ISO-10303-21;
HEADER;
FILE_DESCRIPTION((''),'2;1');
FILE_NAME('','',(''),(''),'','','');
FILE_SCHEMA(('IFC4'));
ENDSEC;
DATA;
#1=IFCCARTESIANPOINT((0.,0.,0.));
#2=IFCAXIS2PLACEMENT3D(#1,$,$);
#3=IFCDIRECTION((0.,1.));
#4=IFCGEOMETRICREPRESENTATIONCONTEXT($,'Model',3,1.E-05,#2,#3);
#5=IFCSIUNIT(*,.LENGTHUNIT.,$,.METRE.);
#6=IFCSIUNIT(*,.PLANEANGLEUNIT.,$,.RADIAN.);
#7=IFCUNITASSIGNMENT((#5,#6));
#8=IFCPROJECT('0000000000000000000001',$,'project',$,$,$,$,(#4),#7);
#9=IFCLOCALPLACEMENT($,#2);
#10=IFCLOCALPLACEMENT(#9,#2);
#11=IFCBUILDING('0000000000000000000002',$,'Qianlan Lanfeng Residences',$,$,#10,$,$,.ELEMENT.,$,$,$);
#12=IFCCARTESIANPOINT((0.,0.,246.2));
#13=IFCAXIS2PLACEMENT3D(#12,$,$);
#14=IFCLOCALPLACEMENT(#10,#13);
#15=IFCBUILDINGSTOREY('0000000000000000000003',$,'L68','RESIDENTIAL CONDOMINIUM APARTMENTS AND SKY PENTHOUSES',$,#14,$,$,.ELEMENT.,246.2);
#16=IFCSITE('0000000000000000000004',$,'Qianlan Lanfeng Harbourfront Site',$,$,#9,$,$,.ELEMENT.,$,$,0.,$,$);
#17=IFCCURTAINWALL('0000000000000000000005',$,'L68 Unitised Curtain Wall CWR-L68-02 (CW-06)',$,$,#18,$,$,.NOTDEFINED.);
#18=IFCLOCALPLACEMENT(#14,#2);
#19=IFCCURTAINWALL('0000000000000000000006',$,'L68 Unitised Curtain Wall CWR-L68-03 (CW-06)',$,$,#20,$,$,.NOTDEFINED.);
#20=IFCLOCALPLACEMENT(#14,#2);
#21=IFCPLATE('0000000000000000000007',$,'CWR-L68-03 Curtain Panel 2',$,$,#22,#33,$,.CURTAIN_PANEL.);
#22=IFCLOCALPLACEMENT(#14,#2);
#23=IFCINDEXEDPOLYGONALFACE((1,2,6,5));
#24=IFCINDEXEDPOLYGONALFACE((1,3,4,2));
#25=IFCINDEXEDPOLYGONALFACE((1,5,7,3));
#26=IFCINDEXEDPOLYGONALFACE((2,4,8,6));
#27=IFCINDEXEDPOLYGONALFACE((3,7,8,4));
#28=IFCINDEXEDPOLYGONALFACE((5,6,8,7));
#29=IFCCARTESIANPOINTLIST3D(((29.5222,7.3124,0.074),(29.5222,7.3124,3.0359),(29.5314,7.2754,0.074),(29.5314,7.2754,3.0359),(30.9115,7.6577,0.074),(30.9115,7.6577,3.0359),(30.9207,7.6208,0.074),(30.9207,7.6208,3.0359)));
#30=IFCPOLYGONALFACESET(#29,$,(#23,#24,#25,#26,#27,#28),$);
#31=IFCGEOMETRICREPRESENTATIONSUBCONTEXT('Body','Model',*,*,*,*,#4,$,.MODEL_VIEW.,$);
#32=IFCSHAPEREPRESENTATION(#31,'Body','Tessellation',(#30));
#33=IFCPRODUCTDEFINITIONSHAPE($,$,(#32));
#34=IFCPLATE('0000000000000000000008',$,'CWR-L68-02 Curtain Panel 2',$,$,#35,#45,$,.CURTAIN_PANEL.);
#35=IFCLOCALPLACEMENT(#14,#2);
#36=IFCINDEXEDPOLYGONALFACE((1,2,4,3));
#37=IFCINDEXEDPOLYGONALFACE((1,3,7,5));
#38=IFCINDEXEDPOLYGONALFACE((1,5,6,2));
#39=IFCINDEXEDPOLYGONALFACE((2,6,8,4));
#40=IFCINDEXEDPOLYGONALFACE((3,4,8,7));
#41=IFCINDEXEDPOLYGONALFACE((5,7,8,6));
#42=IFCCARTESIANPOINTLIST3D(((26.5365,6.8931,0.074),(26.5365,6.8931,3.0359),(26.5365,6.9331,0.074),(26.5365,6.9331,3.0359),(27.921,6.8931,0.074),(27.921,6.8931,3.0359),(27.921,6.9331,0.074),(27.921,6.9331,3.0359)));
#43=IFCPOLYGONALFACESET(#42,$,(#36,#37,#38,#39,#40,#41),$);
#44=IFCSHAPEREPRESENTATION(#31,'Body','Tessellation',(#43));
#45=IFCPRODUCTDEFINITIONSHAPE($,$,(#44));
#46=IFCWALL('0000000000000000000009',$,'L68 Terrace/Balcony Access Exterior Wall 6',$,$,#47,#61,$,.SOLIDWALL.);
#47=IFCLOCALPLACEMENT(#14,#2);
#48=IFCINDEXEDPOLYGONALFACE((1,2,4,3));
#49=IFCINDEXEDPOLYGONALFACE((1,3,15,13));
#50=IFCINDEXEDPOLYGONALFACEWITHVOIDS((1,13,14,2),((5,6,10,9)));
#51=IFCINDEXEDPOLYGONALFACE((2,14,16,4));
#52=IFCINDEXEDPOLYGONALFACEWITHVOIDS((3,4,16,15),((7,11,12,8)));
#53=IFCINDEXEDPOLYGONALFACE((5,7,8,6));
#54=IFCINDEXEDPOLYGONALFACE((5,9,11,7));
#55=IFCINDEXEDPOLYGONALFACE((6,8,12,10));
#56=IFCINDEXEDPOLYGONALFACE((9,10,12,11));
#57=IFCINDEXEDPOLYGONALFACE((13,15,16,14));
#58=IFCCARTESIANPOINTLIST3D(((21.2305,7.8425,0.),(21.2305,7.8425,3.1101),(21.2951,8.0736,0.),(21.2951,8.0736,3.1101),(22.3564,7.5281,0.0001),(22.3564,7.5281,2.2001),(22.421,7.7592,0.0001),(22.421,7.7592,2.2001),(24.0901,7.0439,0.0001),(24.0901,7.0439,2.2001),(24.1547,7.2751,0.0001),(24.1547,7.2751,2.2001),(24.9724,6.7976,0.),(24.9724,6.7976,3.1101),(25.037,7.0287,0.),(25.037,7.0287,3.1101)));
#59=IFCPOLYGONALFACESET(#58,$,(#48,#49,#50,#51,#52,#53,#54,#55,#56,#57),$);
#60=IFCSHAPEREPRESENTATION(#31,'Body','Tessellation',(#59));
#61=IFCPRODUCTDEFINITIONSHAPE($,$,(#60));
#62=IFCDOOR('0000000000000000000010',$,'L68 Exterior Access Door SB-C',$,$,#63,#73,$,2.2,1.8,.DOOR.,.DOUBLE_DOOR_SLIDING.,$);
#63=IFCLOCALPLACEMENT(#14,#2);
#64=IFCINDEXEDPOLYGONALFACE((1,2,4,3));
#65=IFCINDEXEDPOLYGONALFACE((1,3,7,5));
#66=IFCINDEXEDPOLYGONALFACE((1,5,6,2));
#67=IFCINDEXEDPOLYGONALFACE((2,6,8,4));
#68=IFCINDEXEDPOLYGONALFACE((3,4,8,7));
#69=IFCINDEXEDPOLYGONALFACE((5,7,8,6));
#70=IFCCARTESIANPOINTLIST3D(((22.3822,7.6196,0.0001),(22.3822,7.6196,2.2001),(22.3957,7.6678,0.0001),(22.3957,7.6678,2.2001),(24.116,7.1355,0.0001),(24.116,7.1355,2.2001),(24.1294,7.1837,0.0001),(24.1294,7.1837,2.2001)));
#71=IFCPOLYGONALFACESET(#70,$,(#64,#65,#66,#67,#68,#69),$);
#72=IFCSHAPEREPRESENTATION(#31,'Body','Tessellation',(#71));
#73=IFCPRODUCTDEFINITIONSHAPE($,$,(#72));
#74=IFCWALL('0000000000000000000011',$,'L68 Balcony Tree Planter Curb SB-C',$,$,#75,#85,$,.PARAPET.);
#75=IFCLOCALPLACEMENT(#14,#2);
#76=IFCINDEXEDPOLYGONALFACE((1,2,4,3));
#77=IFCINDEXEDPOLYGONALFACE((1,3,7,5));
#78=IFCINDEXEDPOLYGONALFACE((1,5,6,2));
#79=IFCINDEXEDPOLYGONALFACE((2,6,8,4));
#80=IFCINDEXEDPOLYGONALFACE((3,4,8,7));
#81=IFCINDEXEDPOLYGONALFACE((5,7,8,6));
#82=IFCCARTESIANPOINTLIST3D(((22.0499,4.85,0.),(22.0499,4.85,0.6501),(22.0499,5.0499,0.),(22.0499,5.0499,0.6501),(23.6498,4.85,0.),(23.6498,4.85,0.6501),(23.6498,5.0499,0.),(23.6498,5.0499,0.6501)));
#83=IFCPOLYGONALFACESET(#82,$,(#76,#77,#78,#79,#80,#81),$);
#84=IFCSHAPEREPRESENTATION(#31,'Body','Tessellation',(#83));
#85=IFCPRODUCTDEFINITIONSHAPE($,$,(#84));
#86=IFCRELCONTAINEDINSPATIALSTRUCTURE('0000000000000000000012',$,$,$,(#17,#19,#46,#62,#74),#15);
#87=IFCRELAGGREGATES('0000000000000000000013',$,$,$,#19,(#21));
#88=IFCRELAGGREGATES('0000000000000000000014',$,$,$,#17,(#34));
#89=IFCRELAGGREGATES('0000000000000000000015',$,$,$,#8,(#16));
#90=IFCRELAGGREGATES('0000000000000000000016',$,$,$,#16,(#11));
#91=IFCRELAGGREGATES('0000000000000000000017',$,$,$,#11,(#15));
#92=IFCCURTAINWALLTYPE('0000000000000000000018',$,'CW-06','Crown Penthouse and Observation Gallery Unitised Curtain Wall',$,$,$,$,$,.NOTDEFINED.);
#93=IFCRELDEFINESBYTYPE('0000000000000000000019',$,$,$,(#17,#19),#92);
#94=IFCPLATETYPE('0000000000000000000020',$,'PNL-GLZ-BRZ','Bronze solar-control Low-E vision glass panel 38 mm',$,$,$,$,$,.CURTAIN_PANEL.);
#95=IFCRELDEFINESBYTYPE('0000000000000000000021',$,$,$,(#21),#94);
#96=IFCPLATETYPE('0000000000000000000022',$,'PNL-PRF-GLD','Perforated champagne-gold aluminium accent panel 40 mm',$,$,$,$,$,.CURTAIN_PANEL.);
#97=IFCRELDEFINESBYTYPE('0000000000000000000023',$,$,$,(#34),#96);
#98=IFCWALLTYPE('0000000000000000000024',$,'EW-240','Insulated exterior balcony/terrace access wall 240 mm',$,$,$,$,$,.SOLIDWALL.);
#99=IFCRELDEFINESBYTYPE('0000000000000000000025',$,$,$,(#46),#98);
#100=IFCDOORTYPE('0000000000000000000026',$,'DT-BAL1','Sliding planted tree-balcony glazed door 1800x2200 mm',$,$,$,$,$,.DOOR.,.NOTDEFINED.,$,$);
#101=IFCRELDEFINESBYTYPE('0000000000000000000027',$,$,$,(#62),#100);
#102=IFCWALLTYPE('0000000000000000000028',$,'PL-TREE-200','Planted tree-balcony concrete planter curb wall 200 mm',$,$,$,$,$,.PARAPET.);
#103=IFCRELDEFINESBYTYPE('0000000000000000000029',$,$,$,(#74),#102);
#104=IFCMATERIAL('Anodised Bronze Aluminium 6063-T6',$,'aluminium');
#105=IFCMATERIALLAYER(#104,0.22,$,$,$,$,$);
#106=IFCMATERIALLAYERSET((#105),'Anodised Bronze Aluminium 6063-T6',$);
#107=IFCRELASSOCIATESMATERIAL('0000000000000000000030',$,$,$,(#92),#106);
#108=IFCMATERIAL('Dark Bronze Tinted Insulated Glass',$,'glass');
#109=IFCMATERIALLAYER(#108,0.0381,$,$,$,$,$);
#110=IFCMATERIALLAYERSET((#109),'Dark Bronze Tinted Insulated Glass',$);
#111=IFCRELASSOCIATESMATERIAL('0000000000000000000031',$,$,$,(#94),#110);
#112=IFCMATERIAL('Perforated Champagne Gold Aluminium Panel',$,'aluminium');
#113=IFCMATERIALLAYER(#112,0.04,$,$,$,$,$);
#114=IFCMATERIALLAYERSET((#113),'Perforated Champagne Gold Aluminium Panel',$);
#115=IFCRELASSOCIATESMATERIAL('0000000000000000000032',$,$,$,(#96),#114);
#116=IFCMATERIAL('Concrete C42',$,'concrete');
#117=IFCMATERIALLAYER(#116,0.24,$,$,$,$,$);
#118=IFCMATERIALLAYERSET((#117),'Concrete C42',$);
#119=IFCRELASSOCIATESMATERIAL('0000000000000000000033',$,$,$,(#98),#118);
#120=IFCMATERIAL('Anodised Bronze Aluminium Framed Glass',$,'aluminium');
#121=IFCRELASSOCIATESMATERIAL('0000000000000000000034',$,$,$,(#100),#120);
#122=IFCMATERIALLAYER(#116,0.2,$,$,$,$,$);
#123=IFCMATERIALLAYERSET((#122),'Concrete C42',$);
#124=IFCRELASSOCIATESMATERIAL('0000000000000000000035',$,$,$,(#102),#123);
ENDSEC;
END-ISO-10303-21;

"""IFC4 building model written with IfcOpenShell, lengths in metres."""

from ifc_helpers import new_model, si_unit, direction, frame, frame_2d, origin, origin_2d, place, context, subcontext, project, spatial, rectangle, extrude, source, transform, mapped, material, layer, layer_set, type_object, element, fill, aggregate, save


model = new_model("IFC4")

# Units and contexts
model_context = context("Model", 3, precision=1e-05, world=origin(), true_north=direction((0.0, 1.0)))
body_context = subcontext(model_context, "Body", "Model", "MODEL_VIEW")
ifc_project = project(units=[si_unit("LENGTHUNIT", "METRE"), si_unit("PLANEANGLEUNIT", "RADIAN")], contexts=[model_context])

# Site, building, storey
site_placement = place(None, origin())
site = spatial("IfcSite", under=ifc_project, at=site_placement, Name="Qianlan Lanfeng Harbourfront Site", CompositionType="ELEMENT", RefElevation=0.0)
building_placement = place(site_placement, origin())
building = spatial("IfcBuilding", under=site, at=building_placement, Name="Qianlan Lanfeng Residences", CompositionType="ELEMENT")
storey_placement = place(building_placement, frame((0.0, 0.0, 246.2)))
storey = spatial("IfcBuildingStorey", under=building, at=storey_placement, Name="L68", Description="RESIDENTIAL CONDOMINIUM APARTMENTS AND SKY PENTHOUSES", CompositionType="ELEMENT", Elevation=246.2)

# Curtain walls
ifc_material_1 = material(Name="Anodised Bronze Aluminium 6063-T6", Category="aluminium")
ifc_layer_1 = layer(ifc_material_1, 0.22)
ifc_layer_set_1 = layer_set([ifc_layer_1], Name="Anodised Bronze Aluminium 6063-T6")
curtain_wall_type = type_object("IfcCurtainWallType", Name="CW-06", Description="Crown Penthouse and Observation Gallery Unitised Curtain Wall", PredefinedType="NOTDEFINED", material=ifc_layer_set_1)
curtain_wall_1_placement = place(storey_placement, origin())
curtain_wall_1 = element("IfcCurtainWall", 1, at=curtain_wall_1_placement, inside=storey, type_object=curtain_wall_type, Name="L68 Unitised Curtain Wall CWR-L68-02 (CW-06)", PredefinedType="NOTDEFINED")
curtain_wall_2_placement = place(storey_placement, origin())
curtain_wall_2 = element("IfcCurtainWall", 2, at=curtain_wall_2_placement, inside=storey, type_object=curtain_wall_type, Name="L68 Unitised Curtain Wall CWR-L68-03 (CW-06)", PredefinedType="NOTDEFINED")

# Plates
ifc_material_2 = material(Name="Dark Bronze Tinted Insulated Glass", Category="glass")
ifc_layer_2 = layer(ifc_material_2, 0.0381)
ifc_layer_set_2 = layer_set([ifc_layer_2], Name="Dark Bronze Tinted Insulated Glass")
plate_type_1 = type_object("IfcPlateType", Name="PNL-GLZ-BRZ", Description="Bronze solar-control Low-E vision glass panel 38 mm", PredefinedType="CURTAIN_PANEL", material=ifc_layer_set_2)
shared_shape_1 = source(origin(), body_context, "Body", "SweptSolid", [
    extrude(rectangle(XDim=1.4316, YDim=0.0381, at=origin_2d()), origin(), (0.0, 0.0, 1.0), 2.9619),
])
plate_1_placement = place(storey_placement, frame((30.2214, 7.4666, 0.074), z_axis=(0.0, 0.0, 1.0), x_axis=(0.970466, 0.241238, 0.0)))
plate_1 = element("IfcPlate", 3, at=plate_1_placement, type_object=plate_type_1, Name="CWR-L68-03 Curtain Panel 2", PredefinedType="CURTAIN_PANEL", context=body_context, shape_type="MappedRepresentation", body=[
    mapped(shared_shape_1, transform((0.0, 0.0, 0.0), scale=1.0)),
])
aggregate(curtain_wall_2, [plate_1])
ifc_material_3 = material(Name="Perforated Champagne Gold Aluminium Panel", Category="aluminium")
ifc_layer_3 = layer(ifc_material_3, 0.04)
ifc_layer_set_3 = layer_set([ifc_layer_3], Name="Perforated Champagne Gold Aluminium Panel")
plate_type_2 = type_object("IfcPlateType", Name="PNL-PRF-GLD", Description="Perforated champagne-gold aluminium accent panel 40 mm", PredefinedType="CURTAIN_PANEL", material=ifc_layer_set_3)
shared_shape_2 = source(origin(), body_context, "Body", "SweptSolid", [
    extrude(rectangle(XDim=1.3845, YDim=0.04, at=origin_2d()), origin(), (0.0, 0.0, 1.0), 2.9619),
])
plate_2_placement = place(storey_placement, frame((27.2288, 6.9131, 0.074), z_axis=(0.0, 0.0, 1.0), x_axis=(1.0, 0.0, 0.0)))
plate_2 = element("IfcPlate", 4, at=plate_2_placement, type_object=plate_type_2, Name="CWR-L68-02 Curtain Panel 2", PredefinedType="CURTAIN_PANEL", context=body_context, shape_type="MappedRepresentation", body=[
    mapped(shared_shape_2, transform((0.0, 0.0, 0.0), scale=1.0)),
])
aggregate(curtain_wall_1, [plate_2])

# Wall, opening, door
ifc_material_4 = material(Name="Concrete C42", Category="concrete")
ifc_layer_4 = layer(ifc_material_4, 0.24)
ifc_layer_set_4 = layer_set([ifc_layer_4], Name="Concrete C42")
wall_type_1 = type_object("IfcWallType", Name="EW-240", Description="Insulated exterior balcony/terrace access wall 240 mm", PredefinedType="SOLIDWALL", material=ifc_layer_set_4)
wall_1_placement = place(storey_placement, frame((21.2629, 7.958, 0.0), z_axis=(0.0, 0.0, 1.0), x_axis=(0.963152, -0.268956, 0.0)))
wall_1 = element("IfcWall", 5, at=wall_1_placement, inside=storey, type_object=wall_type_1, Name="L68 Terrace/Balcony Access Exterior Wall 6", PredefinedType="SOLIDWALL", context=body_context, shape_type="SweptSolid", body=[
    extrude(rectangle(XDim=3.885, YDim=0.24, at=frame_2d((1.9424, 0.0))), origin(), (0.0, 0.0, 1.0), 3.1101),
])
opening_1_placement = place(wall_1_placement, frame((1.1689, 0.0, 0.0)))
opening_1 = element("IfcOpeningElement", 6, at=opening_1_placement, cuts=wall_1, PredefinedType="OPENING", context=body_context, shape_type="SweptSolid", body=[
    extrude(rectangle(XDim=1.8, YDim=2.2, at=frame_2d((0.8999, 1.1001))), frame((0.0, 0.1299, 0.0), z_axis=(0.0, -1.0, 0.0), x_axis=(1.0, 0.0, 0.0)), (0.0, 0.0, 1.0), 0.26),
])
ifc_material_5 = material(Name="Anodised Bronze Aluminium Framed Glass", Category="aluminium")
door_type_1 = type_object("IfcDoorType", Name="DT-BAL1", Description="Sliding planted tree-balcony glazed door 1800x2200 mm", OperationType="NOTDEFINED", PredefinedType="DOOR", material=ifc_material_5)
door_1_placement = place(opening_1_placement, frame((1.8, 0.0, 0.0), z_axis=(0.0, 0.0, 1.0), x_axis=(-1.0, 0.0, 0.0)))
door_1 = element("IfcDoor", 7, at=door_1_placement, inside=storey, type_object=door_type_1, Name="L68 Exterior Access Door SB-C", OperationType="DOUBLE_DOOR_SLIDING", OverallHeight=2.2, OverallWidth=1.8, PredefinedType="DOOR", context=body_context, shape_type="SweptSolid", body=[
    extrude(rectangle(XDim=1.8, YDim=2.2, at=frame_2d((0.8999, 1.1001))), frame((0.0, 0.0249, 0.0), z_axis=(0.0, -1.0, 0.0), x_axis=(1.0, 0.0, 0.0)), (0.0, 0.0, 1.0), 0.05),
])
fill(opening_1, door_1)

# Wall
ifc_layer_5 = layer(ifc_material_4, 0.2)
ifc_layer_set_5 = layer_set([ifc_layer_5], Name="Concrete C42")
wall_type_2 = type_object("IfcWallType", Name="PL-TREE-200", Description="Planted tree-balcony concrete planter curb wall 200 mm", PredefinedType="PARAPET", material=ifc_layer_set_5)
wall_2_placement = place(storey_placement, frame((22.05, 4.95, 0.0), z_axis=(0.0, 0.0, 1.0), x_axis=(1.0, 0.0, 0.0)))
element("IfcWall", 8, at=wall_2_placement, inside=storey, type_object=wall_type_2, Name="L68 Balcony Tree Planter Curb SB-C", PredefinedType="PARAPET", context=body_context, shape_type="SweptSolid", body=[
    extrude(rectangle(XDim=1.5999, YDim=0.2, at=frame_2d((0.7998, 0.0))), origin(), (0.0, 0.0, 1.0), 0.6501),
])

save(model, "model.ifc")
